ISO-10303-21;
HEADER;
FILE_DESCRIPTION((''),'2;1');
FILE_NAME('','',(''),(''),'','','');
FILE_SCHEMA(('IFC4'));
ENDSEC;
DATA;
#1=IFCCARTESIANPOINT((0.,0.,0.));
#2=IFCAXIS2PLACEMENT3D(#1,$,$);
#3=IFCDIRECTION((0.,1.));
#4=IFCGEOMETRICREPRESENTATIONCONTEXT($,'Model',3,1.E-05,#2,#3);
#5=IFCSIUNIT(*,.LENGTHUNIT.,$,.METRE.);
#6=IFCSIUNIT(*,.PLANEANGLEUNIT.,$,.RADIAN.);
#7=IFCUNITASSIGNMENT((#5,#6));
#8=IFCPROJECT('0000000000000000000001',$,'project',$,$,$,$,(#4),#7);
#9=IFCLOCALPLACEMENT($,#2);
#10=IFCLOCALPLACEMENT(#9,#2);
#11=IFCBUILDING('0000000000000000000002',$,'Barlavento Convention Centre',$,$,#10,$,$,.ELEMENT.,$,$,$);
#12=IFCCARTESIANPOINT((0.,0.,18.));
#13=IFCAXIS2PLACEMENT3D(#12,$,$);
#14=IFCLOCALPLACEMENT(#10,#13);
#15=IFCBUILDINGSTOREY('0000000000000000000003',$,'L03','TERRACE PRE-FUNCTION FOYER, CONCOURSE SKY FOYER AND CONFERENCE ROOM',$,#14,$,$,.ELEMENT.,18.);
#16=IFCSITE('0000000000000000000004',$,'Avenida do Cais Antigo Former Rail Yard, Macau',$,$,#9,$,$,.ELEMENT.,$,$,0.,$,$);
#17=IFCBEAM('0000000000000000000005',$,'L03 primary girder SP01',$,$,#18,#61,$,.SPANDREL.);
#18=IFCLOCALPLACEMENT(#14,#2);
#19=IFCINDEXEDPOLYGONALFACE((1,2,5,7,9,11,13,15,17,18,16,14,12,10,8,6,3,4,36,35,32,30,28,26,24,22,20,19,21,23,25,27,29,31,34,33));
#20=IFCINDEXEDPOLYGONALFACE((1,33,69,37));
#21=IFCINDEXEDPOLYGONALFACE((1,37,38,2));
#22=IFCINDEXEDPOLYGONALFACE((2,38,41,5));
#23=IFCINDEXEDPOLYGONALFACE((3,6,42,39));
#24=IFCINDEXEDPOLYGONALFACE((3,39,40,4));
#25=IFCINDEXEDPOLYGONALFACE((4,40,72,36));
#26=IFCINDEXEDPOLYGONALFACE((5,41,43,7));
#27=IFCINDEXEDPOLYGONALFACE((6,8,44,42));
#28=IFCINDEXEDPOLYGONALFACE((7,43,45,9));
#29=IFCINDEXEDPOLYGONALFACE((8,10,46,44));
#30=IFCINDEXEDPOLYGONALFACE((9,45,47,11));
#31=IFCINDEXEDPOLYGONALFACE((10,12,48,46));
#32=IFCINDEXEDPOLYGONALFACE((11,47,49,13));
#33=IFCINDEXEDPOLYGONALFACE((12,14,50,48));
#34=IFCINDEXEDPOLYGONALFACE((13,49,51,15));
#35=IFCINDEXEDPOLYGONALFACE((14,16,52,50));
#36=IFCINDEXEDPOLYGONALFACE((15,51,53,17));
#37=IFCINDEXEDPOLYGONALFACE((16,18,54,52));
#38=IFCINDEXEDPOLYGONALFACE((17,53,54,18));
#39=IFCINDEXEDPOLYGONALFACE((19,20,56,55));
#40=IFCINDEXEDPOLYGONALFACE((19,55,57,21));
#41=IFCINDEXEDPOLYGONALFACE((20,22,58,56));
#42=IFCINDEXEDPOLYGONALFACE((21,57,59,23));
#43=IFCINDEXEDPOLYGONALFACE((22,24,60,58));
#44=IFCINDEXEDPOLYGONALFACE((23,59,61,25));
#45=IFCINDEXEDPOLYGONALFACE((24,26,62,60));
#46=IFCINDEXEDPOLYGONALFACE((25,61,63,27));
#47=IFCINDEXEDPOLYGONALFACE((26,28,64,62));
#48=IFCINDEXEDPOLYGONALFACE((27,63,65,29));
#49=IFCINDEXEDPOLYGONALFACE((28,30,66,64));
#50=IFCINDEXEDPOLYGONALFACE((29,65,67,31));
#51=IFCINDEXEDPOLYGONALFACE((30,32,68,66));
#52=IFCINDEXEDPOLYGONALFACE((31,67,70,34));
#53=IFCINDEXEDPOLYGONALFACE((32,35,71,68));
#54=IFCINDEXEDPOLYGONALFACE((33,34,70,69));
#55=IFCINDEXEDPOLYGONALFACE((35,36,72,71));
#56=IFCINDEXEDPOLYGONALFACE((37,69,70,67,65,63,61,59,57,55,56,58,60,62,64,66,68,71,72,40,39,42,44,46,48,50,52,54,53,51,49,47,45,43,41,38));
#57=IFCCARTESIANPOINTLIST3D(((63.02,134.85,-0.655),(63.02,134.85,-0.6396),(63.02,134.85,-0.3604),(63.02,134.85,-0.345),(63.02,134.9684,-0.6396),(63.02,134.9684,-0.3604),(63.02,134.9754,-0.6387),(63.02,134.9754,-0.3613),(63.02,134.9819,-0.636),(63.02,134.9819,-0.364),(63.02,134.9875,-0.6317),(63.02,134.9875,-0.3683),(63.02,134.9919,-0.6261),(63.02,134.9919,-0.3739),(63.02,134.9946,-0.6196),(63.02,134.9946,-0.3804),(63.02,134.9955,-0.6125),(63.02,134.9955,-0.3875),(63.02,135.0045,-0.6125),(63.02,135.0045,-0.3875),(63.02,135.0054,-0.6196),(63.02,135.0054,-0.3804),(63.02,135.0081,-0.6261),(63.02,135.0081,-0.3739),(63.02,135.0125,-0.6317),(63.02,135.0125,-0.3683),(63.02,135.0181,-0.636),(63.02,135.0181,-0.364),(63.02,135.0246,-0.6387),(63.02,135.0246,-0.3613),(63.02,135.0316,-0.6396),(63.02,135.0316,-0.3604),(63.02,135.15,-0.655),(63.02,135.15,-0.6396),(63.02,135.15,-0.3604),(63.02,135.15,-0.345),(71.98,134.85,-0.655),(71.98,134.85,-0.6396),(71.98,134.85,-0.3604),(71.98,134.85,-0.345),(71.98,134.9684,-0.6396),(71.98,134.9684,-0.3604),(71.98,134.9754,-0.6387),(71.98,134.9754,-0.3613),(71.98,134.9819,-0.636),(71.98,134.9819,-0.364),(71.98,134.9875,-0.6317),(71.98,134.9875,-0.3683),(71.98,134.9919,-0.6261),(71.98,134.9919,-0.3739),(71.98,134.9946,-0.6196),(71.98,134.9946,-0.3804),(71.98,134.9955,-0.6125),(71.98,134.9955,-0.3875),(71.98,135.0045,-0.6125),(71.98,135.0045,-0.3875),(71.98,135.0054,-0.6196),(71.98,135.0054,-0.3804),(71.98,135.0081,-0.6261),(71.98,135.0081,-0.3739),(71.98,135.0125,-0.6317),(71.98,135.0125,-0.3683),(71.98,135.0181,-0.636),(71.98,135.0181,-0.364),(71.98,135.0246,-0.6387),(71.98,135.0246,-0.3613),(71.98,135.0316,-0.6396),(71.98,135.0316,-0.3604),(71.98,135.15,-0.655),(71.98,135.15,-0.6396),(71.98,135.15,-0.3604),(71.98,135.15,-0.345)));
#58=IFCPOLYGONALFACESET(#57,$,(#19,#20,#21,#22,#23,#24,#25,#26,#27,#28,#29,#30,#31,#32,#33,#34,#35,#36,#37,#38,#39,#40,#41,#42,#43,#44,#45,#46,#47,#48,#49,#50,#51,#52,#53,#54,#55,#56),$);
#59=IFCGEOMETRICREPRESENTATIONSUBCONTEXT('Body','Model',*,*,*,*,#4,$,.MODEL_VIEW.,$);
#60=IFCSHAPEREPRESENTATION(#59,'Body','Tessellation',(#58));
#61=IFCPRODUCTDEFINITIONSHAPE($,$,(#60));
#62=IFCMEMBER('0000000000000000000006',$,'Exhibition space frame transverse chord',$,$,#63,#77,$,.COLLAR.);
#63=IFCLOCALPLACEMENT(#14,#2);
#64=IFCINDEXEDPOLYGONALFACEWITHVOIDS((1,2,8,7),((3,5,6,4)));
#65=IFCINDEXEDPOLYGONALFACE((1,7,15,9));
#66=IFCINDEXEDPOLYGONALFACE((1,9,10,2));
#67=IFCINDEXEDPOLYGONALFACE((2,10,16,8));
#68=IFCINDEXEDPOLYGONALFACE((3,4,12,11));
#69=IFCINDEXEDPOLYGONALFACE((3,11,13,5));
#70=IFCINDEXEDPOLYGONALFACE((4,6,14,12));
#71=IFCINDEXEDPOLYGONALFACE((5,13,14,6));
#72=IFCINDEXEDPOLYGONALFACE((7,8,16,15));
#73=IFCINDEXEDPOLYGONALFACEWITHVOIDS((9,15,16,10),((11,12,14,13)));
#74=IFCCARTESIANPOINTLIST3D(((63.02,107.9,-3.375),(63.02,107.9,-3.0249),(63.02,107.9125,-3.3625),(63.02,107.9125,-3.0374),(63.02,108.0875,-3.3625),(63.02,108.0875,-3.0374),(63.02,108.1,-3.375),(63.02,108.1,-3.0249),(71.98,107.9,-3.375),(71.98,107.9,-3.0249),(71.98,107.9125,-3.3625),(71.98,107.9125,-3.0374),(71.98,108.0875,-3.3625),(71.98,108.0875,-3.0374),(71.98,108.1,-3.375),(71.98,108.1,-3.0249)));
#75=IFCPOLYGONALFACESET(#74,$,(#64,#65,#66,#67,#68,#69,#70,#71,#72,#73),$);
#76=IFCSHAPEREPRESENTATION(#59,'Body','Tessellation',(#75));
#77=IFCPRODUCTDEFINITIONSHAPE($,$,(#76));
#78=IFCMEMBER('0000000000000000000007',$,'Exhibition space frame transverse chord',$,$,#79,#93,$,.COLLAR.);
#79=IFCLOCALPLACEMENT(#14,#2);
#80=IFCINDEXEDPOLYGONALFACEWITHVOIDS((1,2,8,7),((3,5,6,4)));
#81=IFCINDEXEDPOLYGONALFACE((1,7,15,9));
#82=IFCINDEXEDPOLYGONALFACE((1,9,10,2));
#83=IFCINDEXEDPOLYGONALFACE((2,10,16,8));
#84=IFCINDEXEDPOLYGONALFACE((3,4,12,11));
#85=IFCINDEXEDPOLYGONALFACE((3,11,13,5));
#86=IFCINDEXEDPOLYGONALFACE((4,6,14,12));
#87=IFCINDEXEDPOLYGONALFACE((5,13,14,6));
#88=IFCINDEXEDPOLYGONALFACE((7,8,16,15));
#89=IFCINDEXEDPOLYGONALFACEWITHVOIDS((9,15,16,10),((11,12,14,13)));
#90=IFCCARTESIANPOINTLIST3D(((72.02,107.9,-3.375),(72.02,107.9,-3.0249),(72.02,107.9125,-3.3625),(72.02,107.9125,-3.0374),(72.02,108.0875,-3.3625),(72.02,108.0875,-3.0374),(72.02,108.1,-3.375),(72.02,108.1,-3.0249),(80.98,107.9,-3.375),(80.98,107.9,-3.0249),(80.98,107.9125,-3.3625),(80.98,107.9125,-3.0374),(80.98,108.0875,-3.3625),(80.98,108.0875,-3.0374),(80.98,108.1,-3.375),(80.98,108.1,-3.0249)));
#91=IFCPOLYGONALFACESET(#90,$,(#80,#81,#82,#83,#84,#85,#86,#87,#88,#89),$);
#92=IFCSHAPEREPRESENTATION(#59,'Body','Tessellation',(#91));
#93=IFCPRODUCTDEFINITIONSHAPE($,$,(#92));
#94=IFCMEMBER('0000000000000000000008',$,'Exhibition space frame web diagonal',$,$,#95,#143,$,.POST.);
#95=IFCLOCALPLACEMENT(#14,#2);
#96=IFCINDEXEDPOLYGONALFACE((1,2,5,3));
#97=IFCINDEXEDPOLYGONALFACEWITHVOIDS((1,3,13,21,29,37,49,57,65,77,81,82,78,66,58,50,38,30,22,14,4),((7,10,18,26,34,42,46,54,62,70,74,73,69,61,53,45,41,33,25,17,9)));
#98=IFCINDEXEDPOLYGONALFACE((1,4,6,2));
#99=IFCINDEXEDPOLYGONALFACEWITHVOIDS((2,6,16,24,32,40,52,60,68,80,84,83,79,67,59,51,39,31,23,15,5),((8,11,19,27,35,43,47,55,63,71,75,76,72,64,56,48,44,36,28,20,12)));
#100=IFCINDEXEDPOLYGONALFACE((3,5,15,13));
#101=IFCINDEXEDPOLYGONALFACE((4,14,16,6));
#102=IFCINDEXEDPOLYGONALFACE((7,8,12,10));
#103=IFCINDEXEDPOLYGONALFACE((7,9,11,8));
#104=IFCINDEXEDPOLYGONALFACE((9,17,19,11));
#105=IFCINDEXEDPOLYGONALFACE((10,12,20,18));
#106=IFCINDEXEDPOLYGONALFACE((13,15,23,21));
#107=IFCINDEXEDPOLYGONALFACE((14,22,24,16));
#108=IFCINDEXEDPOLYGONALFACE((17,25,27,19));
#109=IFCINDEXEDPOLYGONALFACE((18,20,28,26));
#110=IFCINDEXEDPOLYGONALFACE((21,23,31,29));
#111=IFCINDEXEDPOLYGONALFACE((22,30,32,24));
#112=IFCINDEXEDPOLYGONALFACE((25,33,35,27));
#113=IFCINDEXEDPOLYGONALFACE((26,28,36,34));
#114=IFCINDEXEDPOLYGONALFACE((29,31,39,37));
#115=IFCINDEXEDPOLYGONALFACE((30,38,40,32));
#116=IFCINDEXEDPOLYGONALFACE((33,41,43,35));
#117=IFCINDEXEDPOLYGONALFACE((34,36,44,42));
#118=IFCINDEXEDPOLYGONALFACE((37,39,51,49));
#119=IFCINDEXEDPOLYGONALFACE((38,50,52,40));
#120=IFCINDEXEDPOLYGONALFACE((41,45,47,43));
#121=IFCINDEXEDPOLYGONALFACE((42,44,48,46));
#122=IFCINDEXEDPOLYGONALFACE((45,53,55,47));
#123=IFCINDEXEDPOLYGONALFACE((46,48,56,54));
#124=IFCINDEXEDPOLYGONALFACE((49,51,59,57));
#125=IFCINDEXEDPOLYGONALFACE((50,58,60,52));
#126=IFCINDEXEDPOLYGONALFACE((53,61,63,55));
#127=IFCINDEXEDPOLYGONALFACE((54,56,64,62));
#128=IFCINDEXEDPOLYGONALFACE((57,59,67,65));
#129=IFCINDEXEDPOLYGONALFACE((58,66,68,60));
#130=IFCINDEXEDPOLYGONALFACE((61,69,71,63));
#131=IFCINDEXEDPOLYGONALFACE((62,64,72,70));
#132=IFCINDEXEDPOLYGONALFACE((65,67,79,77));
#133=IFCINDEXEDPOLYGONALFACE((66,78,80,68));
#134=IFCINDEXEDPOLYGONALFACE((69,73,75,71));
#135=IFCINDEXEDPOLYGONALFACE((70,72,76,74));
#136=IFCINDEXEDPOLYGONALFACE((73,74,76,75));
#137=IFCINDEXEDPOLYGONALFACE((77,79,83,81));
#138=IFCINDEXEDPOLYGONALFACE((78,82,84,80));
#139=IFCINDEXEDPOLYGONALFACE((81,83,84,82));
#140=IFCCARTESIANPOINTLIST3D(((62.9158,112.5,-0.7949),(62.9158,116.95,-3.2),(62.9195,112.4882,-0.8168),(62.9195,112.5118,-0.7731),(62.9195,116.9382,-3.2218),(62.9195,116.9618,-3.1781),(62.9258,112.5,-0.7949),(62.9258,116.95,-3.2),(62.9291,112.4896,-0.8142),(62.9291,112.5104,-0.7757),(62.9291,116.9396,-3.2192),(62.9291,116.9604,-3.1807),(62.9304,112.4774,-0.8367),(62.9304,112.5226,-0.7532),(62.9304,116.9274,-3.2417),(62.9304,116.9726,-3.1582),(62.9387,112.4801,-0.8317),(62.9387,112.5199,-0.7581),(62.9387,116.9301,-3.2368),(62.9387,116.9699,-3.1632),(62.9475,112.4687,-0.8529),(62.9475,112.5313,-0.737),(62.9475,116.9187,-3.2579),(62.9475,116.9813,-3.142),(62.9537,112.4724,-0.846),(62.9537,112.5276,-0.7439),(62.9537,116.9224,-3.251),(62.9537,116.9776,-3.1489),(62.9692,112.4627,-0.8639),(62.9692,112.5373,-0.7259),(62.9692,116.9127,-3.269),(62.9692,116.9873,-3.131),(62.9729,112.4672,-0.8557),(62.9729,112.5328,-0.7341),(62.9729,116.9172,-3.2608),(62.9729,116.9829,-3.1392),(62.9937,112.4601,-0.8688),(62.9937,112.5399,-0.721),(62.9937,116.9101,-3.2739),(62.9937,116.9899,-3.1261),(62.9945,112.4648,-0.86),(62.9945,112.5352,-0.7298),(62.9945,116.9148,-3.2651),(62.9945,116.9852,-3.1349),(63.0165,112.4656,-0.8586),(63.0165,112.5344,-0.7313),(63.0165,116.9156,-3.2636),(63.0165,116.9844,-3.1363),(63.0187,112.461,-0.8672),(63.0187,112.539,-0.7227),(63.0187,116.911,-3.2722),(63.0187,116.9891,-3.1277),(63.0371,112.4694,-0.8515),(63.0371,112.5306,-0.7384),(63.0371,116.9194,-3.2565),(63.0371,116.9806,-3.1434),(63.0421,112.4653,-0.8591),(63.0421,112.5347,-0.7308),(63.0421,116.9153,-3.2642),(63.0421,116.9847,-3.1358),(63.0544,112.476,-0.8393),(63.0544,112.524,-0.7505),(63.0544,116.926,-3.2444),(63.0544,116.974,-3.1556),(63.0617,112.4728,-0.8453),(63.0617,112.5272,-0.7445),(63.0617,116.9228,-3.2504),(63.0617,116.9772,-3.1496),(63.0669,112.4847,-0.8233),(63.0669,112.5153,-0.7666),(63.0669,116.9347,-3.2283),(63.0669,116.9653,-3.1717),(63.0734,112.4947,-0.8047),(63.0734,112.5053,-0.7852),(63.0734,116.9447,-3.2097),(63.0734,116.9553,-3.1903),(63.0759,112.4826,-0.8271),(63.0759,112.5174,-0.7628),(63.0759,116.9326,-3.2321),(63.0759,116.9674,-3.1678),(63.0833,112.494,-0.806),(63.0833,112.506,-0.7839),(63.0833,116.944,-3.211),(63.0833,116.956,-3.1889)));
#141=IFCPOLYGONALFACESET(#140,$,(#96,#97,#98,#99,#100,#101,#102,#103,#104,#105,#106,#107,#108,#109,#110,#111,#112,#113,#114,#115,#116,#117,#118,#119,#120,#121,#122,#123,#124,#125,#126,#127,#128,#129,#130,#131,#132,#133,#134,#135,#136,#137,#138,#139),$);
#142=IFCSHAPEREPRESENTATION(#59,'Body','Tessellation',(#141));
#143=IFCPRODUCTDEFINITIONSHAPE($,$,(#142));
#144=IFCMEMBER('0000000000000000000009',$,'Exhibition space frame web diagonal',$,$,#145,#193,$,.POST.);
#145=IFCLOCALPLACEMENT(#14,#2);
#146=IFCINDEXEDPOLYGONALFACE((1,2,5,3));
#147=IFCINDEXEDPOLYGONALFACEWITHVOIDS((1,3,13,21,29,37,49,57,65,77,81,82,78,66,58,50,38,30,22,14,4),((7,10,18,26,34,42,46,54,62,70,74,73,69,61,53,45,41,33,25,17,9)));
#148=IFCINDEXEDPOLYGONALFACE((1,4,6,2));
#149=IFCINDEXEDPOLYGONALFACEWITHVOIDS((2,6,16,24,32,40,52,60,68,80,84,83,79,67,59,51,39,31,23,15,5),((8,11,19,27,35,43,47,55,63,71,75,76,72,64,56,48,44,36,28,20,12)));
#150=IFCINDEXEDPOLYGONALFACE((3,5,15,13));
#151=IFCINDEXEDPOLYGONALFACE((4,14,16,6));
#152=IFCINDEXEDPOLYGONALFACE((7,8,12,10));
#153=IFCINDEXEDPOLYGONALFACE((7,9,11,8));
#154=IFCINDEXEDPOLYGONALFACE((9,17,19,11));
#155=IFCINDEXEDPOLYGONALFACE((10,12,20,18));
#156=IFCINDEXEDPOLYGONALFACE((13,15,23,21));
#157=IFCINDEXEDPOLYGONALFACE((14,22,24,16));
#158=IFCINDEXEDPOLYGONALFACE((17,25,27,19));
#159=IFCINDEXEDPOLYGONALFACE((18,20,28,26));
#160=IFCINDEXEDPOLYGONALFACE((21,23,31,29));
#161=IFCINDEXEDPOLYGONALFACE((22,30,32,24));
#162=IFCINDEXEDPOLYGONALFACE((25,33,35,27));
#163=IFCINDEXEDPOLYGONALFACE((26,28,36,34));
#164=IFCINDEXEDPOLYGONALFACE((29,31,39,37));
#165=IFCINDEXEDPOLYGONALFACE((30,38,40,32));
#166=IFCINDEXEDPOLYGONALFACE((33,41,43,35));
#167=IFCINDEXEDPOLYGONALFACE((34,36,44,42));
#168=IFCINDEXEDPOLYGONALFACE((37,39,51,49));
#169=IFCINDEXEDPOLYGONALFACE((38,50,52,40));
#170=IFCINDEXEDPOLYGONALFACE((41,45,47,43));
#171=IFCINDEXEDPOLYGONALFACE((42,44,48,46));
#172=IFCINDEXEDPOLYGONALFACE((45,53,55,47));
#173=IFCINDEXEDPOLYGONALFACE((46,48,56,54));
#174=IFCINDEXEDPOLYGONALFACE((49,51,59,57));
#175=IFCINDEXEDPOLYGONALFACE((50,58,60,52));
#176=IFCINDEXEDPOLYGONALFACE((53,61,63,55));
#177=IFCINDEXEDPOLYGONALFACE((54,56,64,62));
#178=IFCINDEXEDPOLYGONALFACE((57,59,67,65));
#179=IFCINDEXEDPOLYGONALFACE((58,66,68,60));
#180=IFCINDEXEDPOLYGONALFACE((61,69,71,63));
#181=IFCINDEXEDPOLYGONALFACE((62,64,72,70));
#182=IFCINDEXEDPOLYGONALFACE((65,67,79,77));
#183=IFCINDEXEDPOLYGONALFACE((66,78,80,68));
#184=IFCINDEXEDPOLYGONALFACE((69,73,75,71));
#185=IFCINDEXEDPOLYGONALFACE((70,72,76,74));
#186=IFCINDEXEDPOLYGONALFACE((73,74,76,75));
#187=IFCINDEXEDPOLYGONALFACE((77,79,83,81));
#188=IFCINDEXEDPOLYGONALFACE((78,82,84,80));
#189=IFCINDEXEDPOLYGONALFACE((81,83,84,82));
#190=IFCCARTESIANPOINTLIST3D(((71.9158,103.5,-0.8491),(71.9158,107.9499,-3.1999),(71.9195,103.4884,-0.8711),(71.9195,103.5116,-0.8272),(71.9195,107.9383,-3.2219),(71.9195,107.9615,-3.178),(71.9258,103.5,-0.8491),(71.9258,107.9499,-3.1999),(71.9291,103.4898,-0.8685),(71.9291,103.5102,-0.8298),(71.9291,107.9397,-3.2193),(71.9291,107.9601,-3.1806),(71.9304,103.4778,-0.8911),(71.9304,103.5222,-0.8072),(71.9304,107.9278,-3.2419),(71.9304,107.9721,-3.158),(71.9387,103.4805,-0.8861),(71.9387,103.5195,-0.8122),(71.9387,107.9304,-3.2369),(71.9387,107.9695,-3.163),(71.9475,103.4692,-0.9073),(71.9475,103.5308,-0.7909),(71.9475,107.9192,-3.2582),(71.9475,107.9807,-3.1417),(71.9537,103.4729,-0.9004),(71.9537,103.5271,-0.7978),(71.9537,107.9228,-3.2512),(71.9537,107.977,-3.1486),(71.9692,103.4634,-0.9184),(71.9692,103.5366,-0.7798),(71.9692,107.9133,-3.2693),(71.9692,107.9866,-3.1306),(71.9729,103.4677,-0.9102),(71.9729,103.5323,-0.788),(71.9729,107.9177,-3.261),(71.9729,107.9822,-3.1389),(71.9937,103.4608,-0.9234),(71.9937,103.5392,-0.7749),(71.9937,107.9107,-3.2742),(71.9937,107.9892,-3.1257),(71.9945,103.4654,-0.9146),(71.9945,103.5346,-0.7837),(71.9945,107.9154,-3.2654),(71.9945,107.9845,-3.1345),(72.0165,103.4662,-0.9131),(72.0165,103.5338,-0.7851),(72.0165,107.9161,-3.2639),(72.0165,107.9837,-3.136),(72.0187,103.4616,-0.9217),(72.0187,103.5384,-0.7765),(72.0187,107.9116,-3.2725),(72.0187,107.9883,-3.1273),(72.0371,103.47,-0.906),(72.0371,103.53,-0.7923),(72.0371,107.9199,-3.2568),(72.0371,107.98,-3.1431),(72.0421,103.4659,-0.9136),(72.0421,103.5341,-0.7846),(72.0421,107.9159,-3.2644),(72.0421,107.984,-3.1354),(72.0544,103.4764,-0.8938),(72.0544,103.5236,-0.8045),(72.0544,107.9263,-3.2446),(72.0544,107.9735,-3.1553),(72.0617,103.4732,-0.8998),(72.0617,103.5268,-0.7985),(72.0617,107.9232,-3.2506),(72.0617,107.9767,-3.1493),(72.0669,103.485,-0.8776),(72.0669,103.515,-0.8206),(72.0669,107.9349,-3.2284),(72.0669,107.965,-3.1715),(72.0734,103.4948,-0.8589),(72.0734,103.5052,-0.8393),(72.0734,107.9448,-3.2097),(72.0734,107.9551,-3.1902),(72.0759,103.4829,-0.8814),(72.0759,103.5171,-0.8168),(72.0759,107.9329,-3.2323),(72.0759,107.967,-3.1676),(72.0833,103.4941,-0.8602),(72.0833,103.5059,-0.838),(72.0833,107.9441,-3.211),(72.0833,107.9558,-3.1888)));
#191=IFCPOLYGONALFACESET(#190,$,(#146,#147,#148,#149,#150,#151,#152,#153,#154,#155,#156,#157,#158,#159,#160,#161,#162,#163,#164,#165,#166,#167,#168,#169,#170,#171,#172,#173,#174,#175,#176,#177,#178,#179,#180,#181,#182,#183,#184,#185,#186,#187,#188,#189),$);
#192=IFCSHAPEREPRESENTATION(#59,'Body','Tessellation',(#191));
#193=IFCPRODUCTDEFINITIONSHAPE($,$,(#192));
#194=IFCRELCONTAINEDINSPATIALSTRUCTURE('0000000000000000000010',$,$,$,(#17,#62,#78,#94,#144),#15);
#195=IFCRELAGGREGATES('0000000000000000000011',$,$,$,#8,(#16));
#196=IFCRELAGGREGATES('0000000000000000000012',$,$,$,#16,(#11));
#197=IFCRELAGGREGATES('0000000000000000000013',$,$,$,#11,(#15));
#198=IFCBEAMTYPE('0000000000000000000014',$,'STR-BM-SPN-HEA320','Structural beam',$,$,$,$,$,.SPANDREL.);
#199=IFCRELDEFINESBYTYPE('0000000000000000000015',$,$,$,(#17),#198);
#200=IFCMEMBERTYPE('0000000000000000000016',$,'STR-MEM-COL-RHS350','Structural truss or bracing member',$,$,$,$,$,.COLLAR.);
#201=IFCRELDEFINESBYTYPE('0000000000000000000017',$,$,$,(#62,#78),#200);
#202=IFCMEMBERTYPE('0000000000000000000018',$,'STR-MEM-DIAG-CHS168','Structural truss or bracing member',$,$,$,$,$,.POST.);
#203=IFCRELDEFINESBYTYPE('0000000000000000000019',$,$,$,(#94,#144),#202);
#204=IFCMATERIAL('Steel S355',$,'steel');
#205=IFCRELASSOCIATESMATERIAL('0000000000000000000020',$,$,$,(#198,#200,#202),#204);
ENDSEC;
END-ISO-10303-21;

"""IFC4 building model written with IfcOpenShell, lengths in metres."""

from ifc_helpers import new_model, si_unit, direction, frame, origin, origin_2d, place, context, subcontext, project, spatial, hollow_rectangle, hollow_circle, i_section, extrude, material, material_profile, profile_set, type_object, element, save


model = new_model("IFC4")

# Units and contexts
model_context = context("Model", 3, precision=1e-05, world=origin(), true_north=direction((0.0, 1.0)))
body_context = subcontext(model_context, "Body", "Model", "MODEL_VIEW")
ifc_project = project(units=[si_unit("LENGTHUNIT", "METRE"), si_unit("PLANEANGLEUNIT", "RADIAN")], contexts=[model_context])

# Site, building, storey
site_placement = place(None, origin())
site = spatial("IfcSite", under=ifc_project, at=site_placement, Name="Avenida do Cais Antigo Former Rail Yard, Macau", CompositionType="ELEMENT", RefElevation=0.0)
building_placement = place(site_placement, origin())
building = spatial("IfcBuilding", under=site, at=building_placement, Name="Barlavento Convention Centre", CompositionType="ELEMENT")
storey_placement = place(building_placement, frame((0.0, 0.0, 18.0)))
storey = spatial("IfcBuildingStorey", under=building, at=storey_placement, Name="L03", Description="TERRACE PRE-FUNCTION FOYER, CONCOURSE SKY FOYER AND CONFERENCE ROOM", CompositionType="ELEMENT", Elevation=18.0)

# Beam
ifc_material_1 = material(Name="Steel S355", Category="steel")
ifc_material_profile_1 = material_profile(ifc_material_1, i_section(OverallWidth=0.3, OverallDepth=0.3101, WebThickness=0.009, FlangeThickness=0.0154, FilletRadius=0.0271, at=origin_2d()), Name="HEA 320")
ifc_profile_set_1 = profile_set([ifc_material_profile_1], Name="Steel S355")
beam_type_1 = type_object("IfcBeamType", Name="STR-BM-SPN-HEA320", Description="Structural beam", PredefinedType="SPANDREL", material=ifc_profile_set_1)
beam_1_placement = place(storey_placement, frame((63.02, 135.0, -0.5), z_axis=(1.0, 0.0, 0.0), x_axis=(0.0, 1.0, 0.0)))
element("IfcBeam", 1, at=beam_1_placement, inside=storey, type_object=beam_type_1, Name="L03 primary girder SP01", PredefinedType="SPANDREL", context=body_context, shape_type="SweptSolid", body=[
    extrude(i_section(OverallWidth=0.3, OverallDepth=0.3101, WebThickness=0.009, FlangeThickness=0.0154, FilletRadius=0.0271, at=origin_2d()), origin(), (0.0, 0.0, 1.0), 8.96),
])

# Members
ifc_material_profile_2 = material_profile(ifc_material_1, hollow_rectangle(XDim=0.2, YDim=0.3501, WallThickness=0.0125, at=origin_2d()), Name="RHS 350x200x12.5")
ifc_profile_set_2 = profile_set([ifc_material_profile_2], Name="Steel S355")
member_type_1 = type_object("IfcMemberType", Name="STR-MEM-COL-RHS350", Description="Structural truss or bracing member", PredefinedType="COLLAR", material=ifc_profile_set_2)
for number, where, z_axis, x_axis, name in (
    (2, (63.02, 108.0, -3.2), (1.0, 0.0, 0.0), (0.0, 1.0, 0.0), "Exhibition space frame transverse chord"),
    (3, (72.02, 108.0, -3.2), (1.0, 0.0, 0.0), (0.0, 1.0, 0.0), "Exhibition space frame transverse chord"),
):
    element("IfcMember", number, at=place(storey_placement, frame(where, z_axis=z_axis, x_axis=x_axis)), inside=storey, type_object=member_type_1, Name=name, PredefinedType="COLLAR", context=body_context, shape_type="SweptSolid", body=[
        extrude(hollow_rectangle(XDim=0.2, YDim=0.3501, WallThickness=0.0125, at=origin_2d()), origin(), (0.0, 0.0, 1.0), 8.96),
    ])
ifc_material_profile_3 = material_profile(ifc_material_1, hollow_circle(Radius=0.0842, WallThickness=0.01, at=origin_2d()), Name="CHS 168.3x10.0")
ifc_profile_set_3 = profile_set([ifc_material_profile_3], Name="Steel S355")
member_type_2 = type_object("IfcMemberType", Name="STR-MEM-DIAG-CHS168", Description="Structural truss or bracing member", PredefinedType="POST", material=ifc_profile_set_3)
member_1_placement = place(storey_placement, frame((63.0, 112.5, -0.7949), z_axis=(0.0, 0.879735, -0.475464), x_axis=(-1.0, 0.0, 0.0)))
element("IfcMember", 4, at=member_1_placement, inside=storey, type_object=member_type_2, Name="Exhibition space frame web diagonal", PredefinedType="POST", context=body_context, shape_type="SweptSolid", body=[
    extrude(hollow_circle(Radius=0.0842, WallThickness=0.01, at=origin_2d()), origin(), (0.0, 0.0, 1.0), 5.0583),
])
for number, where, z_axis, x_axis, name in (
    (5, (72.0, 103.5, -0.8491), (0.0, 0.884201, -0.467107), (-1.0, 0.0, 0.0), "Exhibition space frame web diagonal"),
):
    element("IfcMember", number, at=place(storey_placement, frame(where, z_axis=z_axis, x_axis=x_axis)), inside=storey, type_object=member_type_2, Name=name, PredefinedType="POST", context=body_context, shape_type="SweptSolid", body=[
        extrude(hollow_circle(Radius=0.0842, WallThickness=0.01, at=origin_2d()), origin(), (0.0, 0.0, 1.0), 5.0327),
    ])

save(model, "model.ifc")
